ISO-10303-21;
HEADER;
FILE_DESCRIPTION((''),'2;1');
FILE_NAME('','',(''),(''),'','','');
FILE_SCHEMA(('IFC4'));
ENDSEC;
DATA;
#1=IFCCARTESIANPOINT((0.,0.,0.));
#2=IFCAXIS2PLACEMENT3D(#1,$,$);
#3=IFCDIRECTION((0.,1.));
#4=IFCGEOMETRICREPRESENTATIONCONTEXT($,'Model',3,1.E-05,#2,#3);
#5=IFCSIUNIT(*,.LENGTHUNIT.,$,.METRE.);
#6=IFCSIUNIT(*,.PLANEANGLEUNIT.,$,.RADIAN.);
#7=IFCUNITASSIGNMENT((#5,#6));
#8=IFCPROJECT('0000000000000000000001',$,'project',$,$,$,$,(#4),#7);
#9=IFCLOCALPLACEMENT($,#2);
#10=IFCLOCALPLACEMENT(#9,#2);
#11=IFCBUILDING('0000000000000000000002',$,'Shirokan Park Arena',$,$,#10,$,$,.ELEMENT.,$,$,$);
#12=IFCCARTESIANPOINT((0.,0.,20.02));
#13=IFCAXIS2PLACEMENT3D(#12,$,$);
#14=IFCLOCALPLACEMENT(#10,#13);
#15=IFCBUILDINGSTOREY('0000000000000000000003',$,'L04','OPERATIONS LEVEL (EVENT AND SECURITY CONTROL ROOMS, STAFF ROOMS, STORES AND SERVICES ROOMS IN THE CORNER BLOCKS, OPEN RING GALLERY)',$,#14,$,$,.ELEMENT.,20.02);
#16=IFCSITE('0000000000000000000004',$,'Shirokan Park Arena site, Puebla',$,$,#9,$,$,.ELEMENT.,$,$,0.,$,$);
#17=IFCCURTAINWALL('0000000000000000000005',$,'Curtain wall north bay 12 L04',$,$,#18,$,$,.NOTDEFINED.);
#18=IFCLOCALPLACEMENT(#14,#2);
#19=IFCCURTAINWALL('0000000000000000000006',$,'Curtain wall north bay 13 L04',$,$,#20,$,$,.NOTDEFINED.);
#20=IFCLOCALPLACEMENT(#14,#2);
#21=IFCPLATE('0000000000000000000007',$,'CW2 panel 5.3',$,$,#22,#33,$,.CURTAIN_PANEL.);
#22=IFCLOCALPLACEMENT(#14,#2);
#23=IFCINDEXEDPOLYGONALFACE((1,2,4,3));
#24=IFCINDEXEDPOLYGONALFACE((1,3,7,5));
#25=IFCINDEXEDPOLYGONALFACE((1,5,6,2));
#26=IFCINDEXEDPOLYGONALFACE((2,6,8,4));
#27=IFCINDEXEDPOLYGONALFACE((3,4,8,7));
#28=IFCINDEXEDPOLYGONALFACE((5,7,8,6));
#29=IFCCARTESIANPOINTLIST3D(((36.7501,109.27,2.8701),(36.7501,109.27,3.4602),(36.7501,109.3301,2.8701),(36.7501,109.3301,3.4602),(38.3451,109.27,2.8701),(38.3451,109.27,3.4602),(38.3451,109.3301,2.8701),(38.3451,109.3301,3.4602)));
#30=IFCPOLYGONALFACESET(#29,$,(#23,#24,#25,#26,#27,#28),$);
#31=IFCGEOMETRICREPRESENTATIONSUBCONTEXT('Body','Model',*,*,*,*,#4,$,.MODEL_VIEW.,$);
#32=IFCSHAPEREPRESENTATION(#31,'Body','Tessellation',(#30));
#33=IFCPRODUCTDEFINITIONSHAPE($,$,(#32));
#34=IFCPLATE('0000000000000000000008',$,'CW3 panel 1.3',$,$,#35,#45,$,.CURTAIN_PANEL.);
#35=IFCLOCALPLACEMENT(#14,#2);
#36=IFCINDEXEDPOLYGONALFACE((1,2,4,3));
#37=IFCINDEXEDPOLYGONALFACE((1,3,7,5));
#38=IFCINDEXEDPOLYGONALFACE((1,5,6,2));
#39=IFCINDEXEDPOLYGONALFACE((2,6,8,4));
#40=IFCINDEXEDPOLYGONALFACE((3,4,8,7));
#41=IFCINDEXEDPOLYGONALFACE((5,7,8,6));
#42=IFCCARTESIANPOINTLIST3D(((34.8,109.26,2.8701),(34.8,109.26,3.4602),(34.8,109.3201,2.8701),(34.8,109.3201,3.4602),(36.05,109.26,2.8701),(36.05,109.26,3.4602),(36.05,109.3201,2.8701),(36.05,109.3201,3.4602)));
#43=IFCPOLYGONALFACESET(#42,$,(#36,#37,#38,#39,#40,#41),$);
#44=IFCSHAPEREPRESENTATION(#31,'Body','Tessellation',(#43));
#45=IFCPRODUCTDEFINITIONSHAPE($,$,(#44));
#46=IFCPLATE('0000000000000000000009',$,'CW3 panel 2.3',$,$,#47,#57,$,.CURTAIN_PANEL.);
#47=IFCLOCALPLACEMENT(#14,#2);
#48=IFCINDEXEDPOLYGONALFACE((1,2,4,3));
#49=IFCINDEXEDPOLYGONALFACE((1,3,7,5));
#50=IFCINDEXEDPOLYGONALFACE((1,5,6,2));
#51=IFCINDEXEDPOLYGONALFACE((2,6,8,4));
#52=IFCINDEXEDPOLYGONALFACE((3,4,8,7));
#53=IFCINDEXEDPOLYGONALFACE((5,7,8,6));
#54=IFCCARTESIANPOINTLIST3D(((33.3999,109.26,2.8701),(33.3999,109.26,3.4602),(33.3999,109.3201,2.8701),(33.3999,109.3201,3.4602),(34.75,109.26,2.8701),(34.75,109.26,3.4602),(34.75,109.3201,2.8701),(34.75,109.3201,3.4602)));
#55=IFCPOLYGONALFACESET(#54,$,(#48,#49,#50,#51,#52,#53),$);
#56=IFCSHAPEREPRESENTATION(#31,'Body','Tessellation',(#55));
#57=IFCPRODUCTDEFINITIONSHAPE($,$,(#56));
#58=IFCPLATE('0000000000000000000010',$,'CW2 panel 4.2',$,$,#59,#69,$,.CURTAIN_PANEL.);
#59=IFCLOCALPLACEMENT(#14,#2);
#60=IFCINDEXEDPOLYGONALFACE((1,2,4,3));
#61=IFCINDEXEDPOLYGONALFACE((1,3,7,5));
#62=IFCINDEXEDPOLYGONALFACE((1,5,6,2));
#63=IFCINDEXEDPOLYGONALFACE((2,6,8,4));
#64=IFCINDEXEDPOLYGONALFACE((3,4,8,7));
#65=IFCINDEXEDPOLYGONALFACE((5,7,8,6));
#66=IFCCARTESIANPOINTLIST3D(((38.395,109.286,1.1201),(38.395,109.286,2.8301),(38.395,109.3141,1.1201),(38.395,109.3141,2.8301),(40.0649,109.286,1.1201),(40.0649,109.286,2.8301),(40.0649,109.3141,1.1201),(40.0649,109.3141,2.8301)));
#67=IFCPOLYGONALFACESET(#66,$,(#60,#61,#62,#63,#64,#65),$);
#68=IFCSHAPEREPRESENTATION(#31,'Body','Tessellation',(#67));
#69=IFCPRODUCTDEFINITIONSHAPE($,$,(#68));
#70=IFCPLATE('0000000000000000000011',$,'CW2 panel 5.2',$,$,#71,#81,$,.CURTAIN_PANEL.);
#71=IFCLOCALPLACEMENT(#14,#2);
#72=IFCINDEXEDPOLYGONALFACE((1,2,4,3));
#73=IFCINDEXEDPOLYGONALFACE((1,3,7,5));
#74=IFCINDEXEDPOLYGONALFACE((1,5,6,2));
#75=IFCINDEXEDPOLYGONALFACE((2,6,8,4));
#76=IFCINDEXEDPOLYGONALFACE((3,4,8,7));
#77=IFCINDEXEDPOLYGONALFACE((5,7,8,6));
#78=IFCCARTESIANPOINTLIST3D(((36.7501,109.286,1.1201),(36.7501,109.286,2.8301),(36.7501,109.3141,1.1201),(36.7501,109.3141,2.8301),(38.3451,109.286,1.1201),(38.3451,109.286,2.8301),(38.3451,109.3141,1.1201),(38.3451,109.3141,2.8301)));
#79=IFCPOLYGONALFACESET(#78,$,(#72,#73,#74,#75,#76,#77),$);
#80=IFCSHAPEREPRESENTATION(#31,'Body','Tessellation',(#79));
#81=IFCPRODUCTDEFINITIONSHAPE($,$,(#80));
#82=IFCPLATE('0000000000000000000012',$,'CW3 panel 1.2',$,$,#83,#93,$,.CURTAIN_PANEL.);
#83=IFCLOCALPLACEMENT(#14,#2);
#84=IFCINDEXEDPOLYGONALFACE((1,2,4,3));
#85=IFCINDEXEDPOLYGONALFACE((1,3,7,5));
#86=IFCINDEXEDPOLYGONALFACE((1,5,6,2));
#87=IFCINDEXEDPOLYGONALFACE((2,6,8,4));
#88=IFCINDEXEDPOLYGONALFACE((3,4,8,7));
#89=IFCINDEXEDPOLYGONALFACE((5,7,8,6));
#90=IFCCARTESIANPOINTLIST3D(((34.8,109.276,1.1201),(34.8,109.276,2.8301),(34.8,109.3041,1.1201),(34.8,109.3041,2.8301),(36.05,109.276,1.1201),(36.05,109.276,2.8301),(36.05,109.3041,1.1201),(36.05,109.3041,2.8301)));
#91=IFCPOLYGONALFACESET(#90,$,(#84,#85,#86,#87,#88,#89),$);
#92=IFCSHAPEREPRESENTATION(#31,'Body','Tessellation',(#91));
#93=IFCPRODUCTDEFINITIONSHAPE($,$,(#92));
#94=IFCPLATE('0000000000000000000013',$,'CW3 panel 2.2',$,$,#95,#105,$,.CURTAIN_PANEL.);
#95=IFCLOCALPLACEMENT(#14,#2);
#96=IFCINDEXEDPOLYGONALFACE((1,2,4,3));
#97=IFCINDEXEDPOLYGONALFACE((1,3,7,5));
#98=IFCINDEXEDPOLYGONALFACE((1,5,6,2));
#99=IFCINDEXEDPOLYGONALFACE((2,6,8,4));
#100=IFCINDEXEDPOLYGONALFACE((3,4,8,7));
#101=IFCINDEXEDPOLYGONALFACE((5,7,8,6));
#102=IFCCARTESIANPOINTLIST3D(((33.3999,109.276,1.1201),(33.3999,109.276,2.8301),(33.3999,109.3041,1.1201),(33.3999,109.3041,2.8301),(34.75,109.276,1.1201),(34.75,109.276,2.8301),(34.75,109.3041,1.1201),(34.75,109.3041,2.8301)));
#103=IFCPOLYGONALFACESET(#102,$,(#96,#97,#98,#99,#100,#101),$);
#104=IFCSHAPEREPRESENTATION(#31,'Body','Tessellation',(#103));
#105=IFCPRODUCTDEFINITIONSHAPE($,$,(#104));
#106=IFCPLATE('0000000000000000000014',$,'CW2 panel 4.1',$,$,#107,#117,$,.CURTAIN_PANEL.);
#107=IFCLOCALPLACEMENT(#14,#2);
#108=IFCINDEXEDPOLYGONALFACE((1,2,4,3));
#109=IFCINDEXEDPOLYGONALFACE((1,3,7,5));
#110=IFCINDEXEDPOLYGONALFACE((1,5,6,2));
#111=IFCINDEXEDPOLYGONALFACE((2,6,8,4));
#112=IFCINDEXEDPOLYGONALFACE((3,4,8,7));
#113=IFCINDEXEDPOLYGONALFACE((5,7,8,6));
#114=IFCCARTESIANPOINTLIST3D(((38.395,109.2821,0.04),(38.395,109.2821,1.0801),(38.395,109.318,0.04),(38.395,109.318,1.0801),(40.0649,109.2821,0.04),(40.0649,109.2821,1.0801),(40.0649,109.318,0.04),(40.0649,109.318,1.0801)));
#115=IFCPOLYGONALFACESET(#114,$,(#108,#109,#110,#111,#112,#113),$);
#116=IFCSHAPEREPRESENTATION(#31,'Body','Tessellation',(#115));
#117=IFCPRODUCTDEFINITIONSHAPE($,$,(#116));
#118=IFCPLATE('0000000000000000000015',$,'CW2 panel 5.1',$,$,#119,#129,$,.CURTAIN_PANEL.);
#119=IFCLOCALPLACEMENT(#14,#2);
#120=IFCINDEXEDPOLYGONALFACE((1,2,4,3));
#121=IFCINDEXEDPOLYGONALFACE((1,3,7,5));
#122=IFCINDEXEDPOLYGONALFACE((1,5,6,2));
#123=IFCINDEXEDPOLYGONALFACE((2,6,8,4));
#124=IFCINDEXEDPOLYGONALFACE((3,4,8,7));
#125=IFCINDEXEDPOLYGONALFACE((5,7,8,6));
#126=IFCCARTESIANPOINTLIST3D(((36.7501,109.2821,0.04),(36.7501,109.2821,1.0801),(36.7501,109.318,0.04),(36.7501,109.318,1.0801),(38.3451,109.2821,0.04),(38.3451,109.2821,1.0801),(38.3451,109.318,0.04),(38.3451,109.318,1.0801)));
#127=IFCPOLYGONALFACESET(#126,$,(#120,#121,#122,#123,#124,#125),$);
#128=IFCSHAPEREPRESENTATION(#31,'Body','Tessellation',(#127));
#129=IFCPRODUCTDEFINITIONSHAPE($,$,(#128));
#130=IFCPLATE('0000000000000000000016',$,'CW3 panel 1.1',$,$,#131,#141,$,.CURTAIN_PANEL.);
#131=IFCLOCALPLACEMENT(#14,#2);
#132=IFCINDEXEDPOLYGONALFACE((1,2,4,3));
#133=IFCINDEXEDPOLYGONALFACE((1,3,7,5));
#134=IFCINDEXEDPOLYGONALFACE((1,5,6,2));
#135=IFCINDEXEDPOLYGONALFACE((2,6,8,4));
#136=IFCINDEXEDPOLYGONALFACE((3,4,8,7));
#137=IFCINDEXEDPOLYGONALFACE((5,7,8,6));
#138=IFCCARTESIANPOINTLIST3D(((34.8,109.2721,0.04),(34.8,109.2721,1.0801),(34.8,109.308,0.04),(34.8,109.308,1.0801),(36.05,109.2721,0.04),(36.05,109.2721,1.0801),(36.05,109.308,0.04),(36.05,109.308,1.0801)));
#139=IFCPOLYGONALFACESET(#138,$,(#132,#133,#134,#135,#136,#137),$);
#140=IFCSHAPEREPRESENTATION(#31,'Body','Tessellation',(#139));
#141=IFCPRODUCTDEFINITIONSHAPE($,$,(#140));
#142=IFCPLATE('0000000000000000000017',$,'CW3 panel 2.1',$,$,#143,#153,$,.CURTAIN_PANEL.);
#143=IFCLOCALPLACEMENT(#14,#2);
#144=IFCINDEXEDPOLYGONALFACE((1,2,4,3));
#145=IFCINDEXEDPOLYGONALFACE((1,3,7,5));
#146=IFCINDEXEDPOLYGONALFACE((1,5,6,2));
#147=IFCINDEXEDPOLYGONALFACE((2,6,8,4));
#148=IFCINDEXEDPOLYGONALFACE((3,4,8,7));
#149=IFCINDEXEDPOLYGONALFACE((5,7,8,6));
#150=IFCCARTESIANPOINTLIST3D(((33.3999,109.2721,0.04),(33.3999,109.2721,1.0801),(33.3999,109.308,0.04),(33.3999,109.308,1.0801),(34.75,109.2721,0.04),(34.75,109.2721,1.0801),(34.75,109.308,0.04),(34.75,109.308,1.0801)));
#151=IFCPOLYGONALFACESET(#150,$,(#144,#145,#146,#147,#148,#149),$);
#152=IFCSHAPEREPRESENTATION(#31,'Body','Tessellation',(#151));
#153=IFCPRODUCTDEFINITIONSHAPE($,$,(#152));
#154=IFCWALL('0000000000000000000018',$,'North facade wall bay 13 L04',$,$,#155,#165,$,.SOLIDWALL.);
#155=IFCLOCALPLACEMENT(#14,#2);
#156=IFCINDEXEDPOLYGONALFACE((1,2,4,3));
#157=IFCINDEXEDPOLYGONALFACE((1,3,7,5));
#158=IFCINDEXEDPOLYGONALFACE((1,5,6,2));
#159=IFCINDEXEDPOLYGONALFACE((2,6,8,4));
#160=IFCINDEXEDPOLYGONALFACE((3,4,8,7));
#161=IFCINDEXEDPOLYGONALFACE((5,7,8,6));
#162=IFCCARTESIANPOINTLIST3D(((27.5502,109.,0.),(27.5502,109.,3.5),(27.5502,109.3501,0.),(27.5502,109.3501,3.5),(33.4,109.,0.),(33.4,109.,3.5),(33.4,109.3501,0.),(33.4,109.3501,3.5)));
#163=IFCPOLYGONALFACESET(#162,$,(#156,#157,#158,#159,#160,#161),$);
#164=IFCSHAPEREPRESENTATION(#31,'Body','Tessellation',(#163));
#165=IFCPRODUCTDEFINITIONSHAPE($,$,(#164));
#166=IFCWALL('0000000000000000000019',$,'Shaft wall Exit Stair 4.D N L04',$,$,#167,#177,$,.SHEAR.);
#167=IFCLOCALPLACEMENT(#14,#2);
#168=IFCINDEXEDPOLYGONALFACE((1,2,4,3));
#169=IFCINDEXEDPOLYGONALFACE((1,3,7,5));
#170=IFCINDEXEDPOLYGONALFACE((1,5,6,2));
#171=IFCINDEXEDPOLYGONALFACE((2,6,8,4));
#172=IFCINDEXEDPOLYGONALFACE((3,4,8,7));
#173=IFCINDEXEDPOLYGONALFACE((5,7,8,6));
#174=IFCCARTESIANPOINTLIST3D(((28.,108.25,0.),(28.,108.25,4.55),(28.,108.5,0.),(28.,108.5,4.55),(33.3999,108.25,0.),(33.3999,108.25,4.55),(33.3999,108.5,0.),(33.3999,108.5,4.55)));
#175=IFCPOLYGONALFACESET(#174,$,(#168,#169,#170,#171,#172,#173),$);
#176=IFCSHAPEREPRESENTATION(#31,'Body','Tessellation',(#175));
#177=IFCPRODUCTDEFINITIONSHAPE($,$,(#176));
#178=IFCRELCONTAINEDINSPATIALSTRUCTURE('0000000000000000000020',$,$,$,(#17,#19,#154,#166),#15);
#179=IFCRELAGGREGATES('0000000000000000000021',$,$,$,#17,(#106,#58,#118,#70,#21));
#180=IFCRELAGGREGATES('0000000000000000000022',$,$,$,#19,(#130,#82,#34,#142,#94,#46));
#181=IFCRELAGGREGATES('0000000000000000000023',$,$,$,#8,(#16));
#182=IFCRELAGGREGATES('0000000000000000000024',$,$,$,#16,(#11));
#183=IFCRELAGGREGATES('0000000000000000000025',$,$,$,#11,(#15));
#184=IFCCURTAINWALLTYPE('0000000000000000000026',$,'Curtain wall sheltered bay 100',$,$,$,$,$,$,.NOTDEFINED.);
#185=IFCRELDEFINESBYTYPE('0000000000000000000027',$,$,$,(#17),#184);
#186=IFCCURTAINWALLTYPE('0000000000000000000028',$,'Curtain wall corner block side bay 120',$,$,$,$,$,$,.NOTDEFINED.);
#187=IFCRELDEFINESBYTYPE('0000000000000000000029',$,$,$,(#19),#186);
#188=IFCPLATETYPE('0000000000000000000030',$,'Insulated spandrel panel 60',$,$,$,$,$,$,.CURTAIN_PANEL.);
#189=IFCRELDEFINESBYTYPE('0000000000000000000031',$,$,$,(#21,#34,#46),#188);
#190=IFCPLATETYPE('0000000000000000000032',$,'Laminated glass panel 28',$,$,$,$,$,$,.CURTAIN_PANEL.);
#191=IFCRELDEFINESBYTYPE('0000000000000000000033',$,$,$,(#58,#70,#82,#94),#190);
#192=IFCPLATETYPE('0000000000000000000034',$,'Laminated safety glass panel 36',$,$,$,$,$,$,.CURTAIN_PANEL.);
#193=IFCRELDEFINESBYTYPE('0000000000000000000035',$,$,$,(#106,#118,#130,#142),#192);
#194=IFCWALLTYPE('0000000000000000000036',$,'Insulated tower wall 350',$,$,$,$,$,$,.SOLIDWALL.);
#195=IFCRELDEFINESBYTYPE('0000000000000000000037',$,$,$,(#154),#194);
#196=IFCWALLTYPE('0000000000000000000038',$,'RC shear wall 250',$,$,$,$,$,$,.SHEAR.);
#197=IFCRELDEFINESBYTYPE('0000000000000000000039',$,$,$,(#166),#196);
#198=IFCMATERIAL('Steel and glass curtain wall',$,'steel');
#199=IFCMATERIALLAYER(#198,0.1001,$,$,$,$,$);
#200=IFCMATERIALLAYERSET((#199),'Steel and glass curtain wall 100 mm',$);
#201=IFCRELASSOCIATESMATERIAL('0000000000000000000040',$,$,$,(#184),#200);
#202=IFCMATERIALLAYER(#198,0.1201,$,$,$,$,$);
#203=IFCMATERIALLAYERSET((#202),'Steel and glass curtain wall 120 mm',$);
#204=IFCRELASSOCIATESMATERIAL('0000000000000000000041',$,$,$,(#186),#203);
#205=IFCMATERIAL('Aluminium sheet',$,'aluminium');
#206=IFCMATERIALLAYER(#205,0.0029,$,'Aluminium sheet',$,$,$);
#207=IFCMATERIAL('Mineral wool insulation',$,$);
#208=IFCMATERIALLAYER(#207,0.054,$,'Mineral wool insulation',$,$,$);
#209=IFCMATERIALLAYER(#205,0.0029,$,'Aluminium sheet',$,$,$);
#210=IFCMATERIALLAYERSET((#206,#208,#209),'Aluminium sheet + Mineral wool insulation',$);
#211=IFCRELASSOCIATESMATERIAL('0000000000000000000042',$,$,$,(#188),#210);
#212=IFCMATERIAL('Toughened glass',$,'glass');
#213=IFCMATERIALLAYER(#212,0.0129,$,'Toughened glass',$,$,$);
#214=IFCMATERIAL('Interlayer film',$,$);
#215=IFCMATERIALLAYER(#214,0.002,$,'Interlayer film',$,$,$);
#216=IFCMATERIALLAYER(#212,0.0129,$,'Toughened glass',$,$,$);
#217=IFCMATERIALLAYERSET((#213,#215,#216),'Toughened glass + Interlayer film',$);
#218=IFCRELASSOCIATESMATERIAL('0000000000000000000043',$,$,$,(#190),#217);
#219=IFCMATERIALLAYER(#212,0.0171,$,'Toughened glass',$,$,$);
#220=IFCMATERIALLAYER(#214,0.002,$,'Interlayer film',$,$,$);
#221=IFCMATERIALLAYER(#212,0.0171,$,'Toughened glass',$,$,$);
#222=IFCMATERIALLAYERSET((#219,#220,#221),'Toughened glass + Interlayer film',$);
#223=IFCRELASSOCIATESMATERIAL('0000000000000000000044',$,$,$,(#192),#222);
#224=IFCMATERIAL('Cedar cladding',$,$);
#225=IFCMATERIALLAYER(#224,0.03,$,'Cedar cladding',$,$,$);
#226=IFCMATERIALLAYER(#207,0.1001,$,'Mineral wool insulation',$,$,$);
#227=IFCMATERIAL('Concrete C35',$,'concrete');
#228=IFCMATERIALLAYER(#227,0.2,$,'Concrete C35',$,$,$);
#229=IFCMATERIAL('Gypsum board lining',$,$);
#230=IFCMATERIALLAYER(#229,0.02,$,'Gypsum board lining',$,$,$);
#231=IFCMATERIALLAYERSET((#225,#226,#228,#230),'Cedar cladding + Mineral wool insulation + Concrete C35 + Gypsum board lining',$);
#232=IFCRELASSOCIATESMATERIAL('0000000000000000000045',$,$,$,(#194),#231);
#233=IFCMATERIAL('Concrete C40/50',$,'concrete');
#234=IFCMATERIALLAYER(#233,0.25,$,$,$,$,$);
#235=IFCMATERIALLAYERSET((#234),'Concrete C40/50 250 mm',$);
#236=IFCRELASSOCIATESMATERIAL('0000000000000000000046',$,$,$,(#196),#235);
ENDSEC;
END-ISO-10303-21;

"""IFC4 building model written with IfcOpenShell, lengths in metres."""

from ifc_helpers import new_model, si_unit, direction, frame, frame_2d, origin, origin_2d, place, context, subcontext, project, spatial, rectangle, extrude, material, layer, layer_set, type_object, element, aggregate, save


model = new_model("IFC4")

# Units and contexts
model_context = context("Model", 3, precision=1e-05, world=origin(), true_north=direction((0.0, 1.0)))
body_context = subcontext(model_context, "Body", "Model", "MODEL_VIEW")
ifc_project = project(units=[si_unit("LENGTHUNIT", "METRE"), si_unit("PLANEANGLEUNIT", "RADIAN")], contexts=[model_context])

# Site, building, storey
site_placement = place(None, origin())
site = spatial("IfcSite", under=ifc_project, at=site_placement, Name="Shirokan Park Arena site, Puebla", CompositionType="ELEMENT", RefElevation=0.0)
building_placement = place(site_placement, origin())
building = spatial("IfcBuilding", under=site, at=building_placement, Name="Shirokan Park Arena", CompositionType="ELEMENT")
storey_placement = place(building_placement, frame((0.0, 0.0, 20.02)))
storey = spatial("IfcBuildingStorey", under=building, at=storey_placement, Name="L04", Description="OPERATIONS LEVEL (EVENT AND SECURITY CONTROL ROOMS, STAFF ROOMS, STORES AND SERVICES ROOMS IN THE CORNER BLOCKS, OPEN RING GALLERY)", CompositionType="ELEMENT", Elevation=20.02)

# Shared definitions
ifc_material_1 = material(Name="Concrete C35", Category="concrete")

# Curtain walls
ifc_material_2 = material(Name="Steel and glass curtain wall", Category="steel")
ifc_layer_1 = layer(ifc_material_2, 0.1001)
ifc_layer_set_1 = layer_set([ifc_layer_1], Name="Steel and glass curtain wall 100 mm")
curtain_wall_type_1 = type_object("IfcCurtainWallType", Name="Curtain wall sheltered bay 100", PredefinedType="NOTDEFINED", material=ifc_layer_set_1)
curtain_wall_1_placement = place(storey_placement, origin())
curtain_wall_1 = element("IfcCurtainWall", 1, at=curtain_wall_1_placement, inside=storey, type_object=curtain_wall_type_1, Name="Curtain wall north bay 12 L04", PredefinedType="NOTDEFINED")
ifc_layer_2 = layer(ifc_material_2, 0.1201)
ifc_layer_set_2 = layer_set([ifc_layer_2], Name="Steel and glass curtain wall 120 mm")
curtain_wall_type_2 = type_object("IfcCurtainWallType", Name="Curtain wall corner block side bay 120", PredefinedType="NOTDEFINED", material=ifc_layer_set_2)
curtain_wall_2_placement = place(storey_placement, origin())
curtain_wall_2 = element("IfcCurtainWall", 2, at=curtain_wall_2_placement, inside=storey, type_object=curtain_wall_type_2, Name="Curtain wall north bay 13 L04", PredefinedType="NOTDEFINED")

# Plates
ifc_material_3 = material(Name="Aluminium sheet", Category="aluminium")
ifc_layer_3 = layer(ifc_material_3, 0.0029, Name="Aluminium sheet")
ifc_material_4 = material(Name="Mineral wool insulation")
ifc_layer_4 = layer(ifc_material_4, 0.054, Name="Mineral wool insulation")
ifc_layer_5 = layer(ifc_material_3, 0.0029, Name="Aluminium sheet")
ifc_layer_set_3 = layer_set([ifc_layer_3, ifc_layer_4, ifc_layer_5], Name="Aluminium sheet + Mineral wool insulation")
plate_type_1 = type_object("IfcPlateType", Name="Insulated spandrel panel 60", PredefinedType="CURTAIN_PANEL", material=ifc_layer_set_3)
plate_1_placement = place(storey_placement, frame((37.5476, 109.3, 2.8701), z_axis=(0.0, 0.0, 1.0), x_axis=(-1.0, 0.0, 0.0)))
plate_1 = element("IfcPlate", 3, at=plate_1_placement, type_object=plate_type_1, Name="CW2 panel 5.3", PredefinedType="CURTAIN_PANEL", context=body_context, shape_type="SweptSolid", body=[
    extrude(rectangle(XDim=1.595, YDim=0.0601, at=origin_2d()), origin(), (0.0, 0.0, 1.0), 0.5901),
])
plate_2_placement = place(storey_placement, frame((35.425, 109.29, 2.8701), z_axis=(0.0, 0.0, 1.0), x_axis=(-1.0, 0.0, 0.0)))
plate_2 = element("IfcPlate", 4, at=plate_2_placement, type_object=plate_type_1, Name="CW3 panel 1.3", PredefinedType="CURTAIN_PANEL", context=body_context, shape_type="SweptSolid", body=[
    extrude(rectangle(XDim=1.25, YDim=0.0601, at=origin_2d()), origin(), (0.0, 0.0, 1.0), 0.5901),
])
plate_3_placement = place(storey_placement, frame((34.075, 109.29, 2.8701), z_axis=(0.0, 0.0, 1.0), x_axis=(-1.0, 0.0, 0.0)))
plate_3 = element("IfcPlate", 5, at=plate_3_placement, type_object=plate_type_1, Name="CW3 panel 2.3", PredefinedType="CURTAIN_PANEL", context=body_context, shape_type="SweptSolid", body=[
    extrude(rectangle(XDim=1.3501, YDim=0.0601, at=origin_2d()), origin(), (0.0, 0.0, 1.0), 0.5901),
])
ifc_material_5 = material(Name="Toughened glass", Category="glass")
ifc_layer_6 = layer(ifc_material_5, 0.0129, Name="Toughened glass")
ifc_material_6 = material(Name="Interlayer film")
ifc_layer_7 = layer(ifc_material_6, 0.002, Name="Interlayer film")
ifc_layer_8 = layer(ifc_material_5, 0.0129, Name="Toughened glass")
ifc_layer_set_4 = layer_set([ifc_layer_6, ifc_layer_7, ifc_layer_8], Name="Toughened glass + Interlayer film")
plate_type_2 = type_object("IfcPlateType", Name="Laminated glass panel 28", PredefinedType="CURTAIN_PANEL", material=ifc_layer_set_4)
plate_4_placement = place(storey_placement, frame((39.23, 109.3, 1.1201), z_axis=(0.0, 0.0, 1.0), x_axis=(-1.0, 0.0, 0.0)))
plate_4 = element("IfcPlate", 6, at=plate_4_placement, type_object=plate_type_2, Name="CW2 panel 4.2", PredefinedType="CURTAIN_PANEL", context=body_context, shape_type="SweptSolid", body=[
    extrude(rectangle(XDim=1.6699, YDim=0.0281, at=origin_2d()), origin(), (0.0, 0.0, 1.0), 1.71),
])
plate_5_placement = place(storey_placement, frame((37.5476, 109.3, 1.1201), z_axis=(0.0, 0.0, 1.0), x_axis=(-1.0, 0.0, 0.0)))
plate_5 = element("IfcPlate", 7, at=plate_5_placement, type_object=plate_type_2, Name="CW2 panel 5.2", PredefinedType="CURTAIN_PANEL", context=body_context, shape_type="SweptSolid", body=[
    extrude(rectangle(XDim=1.595, YDim=0.0281, at=origin_2d()), origin(), (0.0, 0.0, 1.0), 1.71),
])
plate_6_placement = place(storey_placement, frame((35.425, 109.29, 1.1201), z_axis=(0.0, 0.0, 1.0), x_axis=(-1.0, 0.0, 0.0)))
plate_6 = element("IfcPlate", 8, at=plate_6_placement, type_object=plate_type_2, Name="CW3 panel 1.2", PredefinedType="CURTAIN_PANEL", context=body_context, shape_type="SweptSolid", body=[
    extrude(rectangle(XDim=1.25, YDim=0.0281, at=origin_2d()), origin(), (0.0, 0.0, 1.0), 1.71),
])
plate_7_placement = place(storey_placement, frame((34.075, 109.29, 1.1201), z_axis=(0.0, 0.0, 1.0), x_axis=(-1.0, 0.0, 0.0)))
plate_7 = element("IfcPlate", 9, at=plate_7_placement, type_object=plate_type_2, Name="CW3 panel 2.2", PredefinedType="CURTAIN_PANEL", context=body_context, shape_type="SweptSolid", body=[
    extrude(rectangle(XDim=1.3501, YDim=0.0281, at=origin_2d()), origin(), (0.0, 0.0, 1.0), 1.71),
])
ifc_layer_9 = layer(ifc_material_5, 0.0171, Name="Toughened glass")
ifc_layer_10 = layer(ifc_material_6, 0.002, Name="Interlayer film")
ifc_layer_11 = layer(ifc_material_5, 0.0171, Name="Toughened glass")
ifc_layer_set_5 = layer_set([ifc_layer_9, ifc_layer_10, ifc_layer_11], Name="Toughened glass + Interlayer film")
plate_type_3 = type_object("IfcPlateType", Name="Laminated safety glass panel 36", PredefinedType="CURTAIN_PANEL", material=ifc_layer_set_5)
plate_8_placement = place(storey_placement, frame((39.23, 109.3, 0.04), z_axis=(0.0, 0.0, 1.0), x_axis=(-1.0, 0.0, 0.0)))
plate_8 = element("IfcPlate", 10, at=plate_8_placement, type_object=plate_type_3, Name="CW2 panel 4.1", PredefinedType="CURTAIN_PANEL", context=body_context, shape_type="SweptSolid", body=[
    extrude(rectangle(XDim=1.6699, YDim=0.0359, at=origin_2d()), origin(), (0.0, 0.0, 1.0), 1.04),
])
plate_9_placement = place(storey_placement, frame((37.5476, 109.3, 0.04), z_axis=(0.0, 0.0, 1.0), x_axis=(-1.0, 0.0, 0.0)))
plate_9 = element("IfcPlate", 11, at=plate_9_placement, type_object=plate_type_3, Name="CW2 panel 5.1", PredefinedType="CURTAIN_PANEL", context=body_context, shape_type="SweptSolid", body=[
    extrude(rectangle(XDim=1.595, YDim=0.0359, at=origin_2d()), origin(), (0.0, 0.0, 1.0), 1.04),
])
aggregate(curtain_wall_1, [plate_8, plate_4, plate_9, plate_5, plate_1])
plate_10_placement = place(storey_placement, frame((35.425, 109.29, 0.04), z_axis=(0.0, 0.0, 1.0), x_axis=(-1.0, 0.0, 0.0)))
plate_10 = element("IfcPlate", 12, at=plate_10_placement, type_object=plate_type_3, Name="CW3 panel 1.1", PredefinedType="CURTAIN_PANEL", context=body_context, shape_type="SweptSolid", body=[
    extrude(rectangle(XDim=1.25, YDim=0.0359, at=origin_2d()), origin(), (0.0, 0.0, 1.0), 1.04),
])
plate_11_placement = place(storey_placement, frame((34.075, 109.29, 0.04), z_axis=(0.0, 0.0, 1.0), x_axis=(-1.0, 0.0, 0.0)))
plate_11 = element("IfcPlate", 13, at=plate_11_placement, type_object=plate_type_3, Name="CW3 panel 2.1", PredefinedType="CURTAIN_PANEL", context=body_context, shape_type="SweptSolid", body=[
    extrude(rectangle(XDim=1.3501, YDim=0.0359, at=origin_2d()), origin(), (0.0, 0.0, 1.0), 1.04),
])
aggregate(curtain_wall_2, [plate_10, plate_6, plate_2, plate_11, plate_7, plate_3])

# Walls
ifc_material_7 = material(Name="Cedar cladding")
ifc_layer_12 = layer(ifc_material_7, 0.03, Name="Cedar cladding")
ifc_layer_13 = layer(ifc_material_4, 0.1001, Name="Mineral wool insulation")
ifc_layer_14 = layer(ifc_material_1, 0.2, Name="Concrete C35")
ifc_material_8 = material(Name="Gypsum board lining")
ifc_layer_15 = layer(ifc_material_8, 0.02, Name="Gypsum board lining")
ifc_layer_set_6 = layer_set([ifc_layer_12, ifc_layer_13, ifc_layer_14, ifc_layer_15], Name="Cedar cladding + Mineral wool insulation + Concrete C35 + Gypsum board lining")
wall_type_1 = type_object("IfcWallType", Name="Insulated tower wall 350", PredefinedType="SOLIDWALL", material=ifc_layer_set_6)
wall_1_placement = place(storey_placement, frame((33.3999, 109.175, 0.0), z_axis=(0.0, 0.0, 1.0), x_axis=(-1.0, 0.0, 0.0)))
element("IfcWall", 14, at=wall_1_placement, inside=storey, type_object=wall_type_1, Name="North facade wall bay 13 L04", PredefinedType="SOLIDWALL", context=body_context, shape_type="SweptSolid", body=[
    extrude(rectangle(XDim=5.8499, YDim=0.3501, at=frame_2d((2.9248, 0.0))), origin(), (0.0, 0.0, 1.0), 3.5),
])
ifc_material_9 = material(Name="Concrete C40/50", Category="concrete")
ifc_layer_16 = layer(ifc_material_9, 0.25)
ifc_layer_set_7 = layer_set([ifc_layer_16], Name="Concrete C40/50 250 mm")
wall_type_2 = type_object("IfcWallType", Name="RC shear wall 250", PredefinedType="SHEAR", material=ifc_layer_set_7)
wall_2_placement = place(storey_placement, frame((33.3999, 108.375, 0.0), z_axis=(0.0, 0.0, 1.0), x_axis=(-1.0, 0.0, 0.0)))
element("IfcWall", 15, at=wall_2_placement, inside=storey, type_object=wall_type_2, Name="Shaft wall Exit Stair 4.D N L04", PredefinedType="SHEAR", context=body_context, shape_type="SweptSolid", body=[
    extrude(rectangle(XDim=5.3999, YDim=0.25, at=frame_2d((2.7, 0.0))), origin(), (0.0, 0.0, 1.0), 4.55),
])

save(model, "model.ifc")
